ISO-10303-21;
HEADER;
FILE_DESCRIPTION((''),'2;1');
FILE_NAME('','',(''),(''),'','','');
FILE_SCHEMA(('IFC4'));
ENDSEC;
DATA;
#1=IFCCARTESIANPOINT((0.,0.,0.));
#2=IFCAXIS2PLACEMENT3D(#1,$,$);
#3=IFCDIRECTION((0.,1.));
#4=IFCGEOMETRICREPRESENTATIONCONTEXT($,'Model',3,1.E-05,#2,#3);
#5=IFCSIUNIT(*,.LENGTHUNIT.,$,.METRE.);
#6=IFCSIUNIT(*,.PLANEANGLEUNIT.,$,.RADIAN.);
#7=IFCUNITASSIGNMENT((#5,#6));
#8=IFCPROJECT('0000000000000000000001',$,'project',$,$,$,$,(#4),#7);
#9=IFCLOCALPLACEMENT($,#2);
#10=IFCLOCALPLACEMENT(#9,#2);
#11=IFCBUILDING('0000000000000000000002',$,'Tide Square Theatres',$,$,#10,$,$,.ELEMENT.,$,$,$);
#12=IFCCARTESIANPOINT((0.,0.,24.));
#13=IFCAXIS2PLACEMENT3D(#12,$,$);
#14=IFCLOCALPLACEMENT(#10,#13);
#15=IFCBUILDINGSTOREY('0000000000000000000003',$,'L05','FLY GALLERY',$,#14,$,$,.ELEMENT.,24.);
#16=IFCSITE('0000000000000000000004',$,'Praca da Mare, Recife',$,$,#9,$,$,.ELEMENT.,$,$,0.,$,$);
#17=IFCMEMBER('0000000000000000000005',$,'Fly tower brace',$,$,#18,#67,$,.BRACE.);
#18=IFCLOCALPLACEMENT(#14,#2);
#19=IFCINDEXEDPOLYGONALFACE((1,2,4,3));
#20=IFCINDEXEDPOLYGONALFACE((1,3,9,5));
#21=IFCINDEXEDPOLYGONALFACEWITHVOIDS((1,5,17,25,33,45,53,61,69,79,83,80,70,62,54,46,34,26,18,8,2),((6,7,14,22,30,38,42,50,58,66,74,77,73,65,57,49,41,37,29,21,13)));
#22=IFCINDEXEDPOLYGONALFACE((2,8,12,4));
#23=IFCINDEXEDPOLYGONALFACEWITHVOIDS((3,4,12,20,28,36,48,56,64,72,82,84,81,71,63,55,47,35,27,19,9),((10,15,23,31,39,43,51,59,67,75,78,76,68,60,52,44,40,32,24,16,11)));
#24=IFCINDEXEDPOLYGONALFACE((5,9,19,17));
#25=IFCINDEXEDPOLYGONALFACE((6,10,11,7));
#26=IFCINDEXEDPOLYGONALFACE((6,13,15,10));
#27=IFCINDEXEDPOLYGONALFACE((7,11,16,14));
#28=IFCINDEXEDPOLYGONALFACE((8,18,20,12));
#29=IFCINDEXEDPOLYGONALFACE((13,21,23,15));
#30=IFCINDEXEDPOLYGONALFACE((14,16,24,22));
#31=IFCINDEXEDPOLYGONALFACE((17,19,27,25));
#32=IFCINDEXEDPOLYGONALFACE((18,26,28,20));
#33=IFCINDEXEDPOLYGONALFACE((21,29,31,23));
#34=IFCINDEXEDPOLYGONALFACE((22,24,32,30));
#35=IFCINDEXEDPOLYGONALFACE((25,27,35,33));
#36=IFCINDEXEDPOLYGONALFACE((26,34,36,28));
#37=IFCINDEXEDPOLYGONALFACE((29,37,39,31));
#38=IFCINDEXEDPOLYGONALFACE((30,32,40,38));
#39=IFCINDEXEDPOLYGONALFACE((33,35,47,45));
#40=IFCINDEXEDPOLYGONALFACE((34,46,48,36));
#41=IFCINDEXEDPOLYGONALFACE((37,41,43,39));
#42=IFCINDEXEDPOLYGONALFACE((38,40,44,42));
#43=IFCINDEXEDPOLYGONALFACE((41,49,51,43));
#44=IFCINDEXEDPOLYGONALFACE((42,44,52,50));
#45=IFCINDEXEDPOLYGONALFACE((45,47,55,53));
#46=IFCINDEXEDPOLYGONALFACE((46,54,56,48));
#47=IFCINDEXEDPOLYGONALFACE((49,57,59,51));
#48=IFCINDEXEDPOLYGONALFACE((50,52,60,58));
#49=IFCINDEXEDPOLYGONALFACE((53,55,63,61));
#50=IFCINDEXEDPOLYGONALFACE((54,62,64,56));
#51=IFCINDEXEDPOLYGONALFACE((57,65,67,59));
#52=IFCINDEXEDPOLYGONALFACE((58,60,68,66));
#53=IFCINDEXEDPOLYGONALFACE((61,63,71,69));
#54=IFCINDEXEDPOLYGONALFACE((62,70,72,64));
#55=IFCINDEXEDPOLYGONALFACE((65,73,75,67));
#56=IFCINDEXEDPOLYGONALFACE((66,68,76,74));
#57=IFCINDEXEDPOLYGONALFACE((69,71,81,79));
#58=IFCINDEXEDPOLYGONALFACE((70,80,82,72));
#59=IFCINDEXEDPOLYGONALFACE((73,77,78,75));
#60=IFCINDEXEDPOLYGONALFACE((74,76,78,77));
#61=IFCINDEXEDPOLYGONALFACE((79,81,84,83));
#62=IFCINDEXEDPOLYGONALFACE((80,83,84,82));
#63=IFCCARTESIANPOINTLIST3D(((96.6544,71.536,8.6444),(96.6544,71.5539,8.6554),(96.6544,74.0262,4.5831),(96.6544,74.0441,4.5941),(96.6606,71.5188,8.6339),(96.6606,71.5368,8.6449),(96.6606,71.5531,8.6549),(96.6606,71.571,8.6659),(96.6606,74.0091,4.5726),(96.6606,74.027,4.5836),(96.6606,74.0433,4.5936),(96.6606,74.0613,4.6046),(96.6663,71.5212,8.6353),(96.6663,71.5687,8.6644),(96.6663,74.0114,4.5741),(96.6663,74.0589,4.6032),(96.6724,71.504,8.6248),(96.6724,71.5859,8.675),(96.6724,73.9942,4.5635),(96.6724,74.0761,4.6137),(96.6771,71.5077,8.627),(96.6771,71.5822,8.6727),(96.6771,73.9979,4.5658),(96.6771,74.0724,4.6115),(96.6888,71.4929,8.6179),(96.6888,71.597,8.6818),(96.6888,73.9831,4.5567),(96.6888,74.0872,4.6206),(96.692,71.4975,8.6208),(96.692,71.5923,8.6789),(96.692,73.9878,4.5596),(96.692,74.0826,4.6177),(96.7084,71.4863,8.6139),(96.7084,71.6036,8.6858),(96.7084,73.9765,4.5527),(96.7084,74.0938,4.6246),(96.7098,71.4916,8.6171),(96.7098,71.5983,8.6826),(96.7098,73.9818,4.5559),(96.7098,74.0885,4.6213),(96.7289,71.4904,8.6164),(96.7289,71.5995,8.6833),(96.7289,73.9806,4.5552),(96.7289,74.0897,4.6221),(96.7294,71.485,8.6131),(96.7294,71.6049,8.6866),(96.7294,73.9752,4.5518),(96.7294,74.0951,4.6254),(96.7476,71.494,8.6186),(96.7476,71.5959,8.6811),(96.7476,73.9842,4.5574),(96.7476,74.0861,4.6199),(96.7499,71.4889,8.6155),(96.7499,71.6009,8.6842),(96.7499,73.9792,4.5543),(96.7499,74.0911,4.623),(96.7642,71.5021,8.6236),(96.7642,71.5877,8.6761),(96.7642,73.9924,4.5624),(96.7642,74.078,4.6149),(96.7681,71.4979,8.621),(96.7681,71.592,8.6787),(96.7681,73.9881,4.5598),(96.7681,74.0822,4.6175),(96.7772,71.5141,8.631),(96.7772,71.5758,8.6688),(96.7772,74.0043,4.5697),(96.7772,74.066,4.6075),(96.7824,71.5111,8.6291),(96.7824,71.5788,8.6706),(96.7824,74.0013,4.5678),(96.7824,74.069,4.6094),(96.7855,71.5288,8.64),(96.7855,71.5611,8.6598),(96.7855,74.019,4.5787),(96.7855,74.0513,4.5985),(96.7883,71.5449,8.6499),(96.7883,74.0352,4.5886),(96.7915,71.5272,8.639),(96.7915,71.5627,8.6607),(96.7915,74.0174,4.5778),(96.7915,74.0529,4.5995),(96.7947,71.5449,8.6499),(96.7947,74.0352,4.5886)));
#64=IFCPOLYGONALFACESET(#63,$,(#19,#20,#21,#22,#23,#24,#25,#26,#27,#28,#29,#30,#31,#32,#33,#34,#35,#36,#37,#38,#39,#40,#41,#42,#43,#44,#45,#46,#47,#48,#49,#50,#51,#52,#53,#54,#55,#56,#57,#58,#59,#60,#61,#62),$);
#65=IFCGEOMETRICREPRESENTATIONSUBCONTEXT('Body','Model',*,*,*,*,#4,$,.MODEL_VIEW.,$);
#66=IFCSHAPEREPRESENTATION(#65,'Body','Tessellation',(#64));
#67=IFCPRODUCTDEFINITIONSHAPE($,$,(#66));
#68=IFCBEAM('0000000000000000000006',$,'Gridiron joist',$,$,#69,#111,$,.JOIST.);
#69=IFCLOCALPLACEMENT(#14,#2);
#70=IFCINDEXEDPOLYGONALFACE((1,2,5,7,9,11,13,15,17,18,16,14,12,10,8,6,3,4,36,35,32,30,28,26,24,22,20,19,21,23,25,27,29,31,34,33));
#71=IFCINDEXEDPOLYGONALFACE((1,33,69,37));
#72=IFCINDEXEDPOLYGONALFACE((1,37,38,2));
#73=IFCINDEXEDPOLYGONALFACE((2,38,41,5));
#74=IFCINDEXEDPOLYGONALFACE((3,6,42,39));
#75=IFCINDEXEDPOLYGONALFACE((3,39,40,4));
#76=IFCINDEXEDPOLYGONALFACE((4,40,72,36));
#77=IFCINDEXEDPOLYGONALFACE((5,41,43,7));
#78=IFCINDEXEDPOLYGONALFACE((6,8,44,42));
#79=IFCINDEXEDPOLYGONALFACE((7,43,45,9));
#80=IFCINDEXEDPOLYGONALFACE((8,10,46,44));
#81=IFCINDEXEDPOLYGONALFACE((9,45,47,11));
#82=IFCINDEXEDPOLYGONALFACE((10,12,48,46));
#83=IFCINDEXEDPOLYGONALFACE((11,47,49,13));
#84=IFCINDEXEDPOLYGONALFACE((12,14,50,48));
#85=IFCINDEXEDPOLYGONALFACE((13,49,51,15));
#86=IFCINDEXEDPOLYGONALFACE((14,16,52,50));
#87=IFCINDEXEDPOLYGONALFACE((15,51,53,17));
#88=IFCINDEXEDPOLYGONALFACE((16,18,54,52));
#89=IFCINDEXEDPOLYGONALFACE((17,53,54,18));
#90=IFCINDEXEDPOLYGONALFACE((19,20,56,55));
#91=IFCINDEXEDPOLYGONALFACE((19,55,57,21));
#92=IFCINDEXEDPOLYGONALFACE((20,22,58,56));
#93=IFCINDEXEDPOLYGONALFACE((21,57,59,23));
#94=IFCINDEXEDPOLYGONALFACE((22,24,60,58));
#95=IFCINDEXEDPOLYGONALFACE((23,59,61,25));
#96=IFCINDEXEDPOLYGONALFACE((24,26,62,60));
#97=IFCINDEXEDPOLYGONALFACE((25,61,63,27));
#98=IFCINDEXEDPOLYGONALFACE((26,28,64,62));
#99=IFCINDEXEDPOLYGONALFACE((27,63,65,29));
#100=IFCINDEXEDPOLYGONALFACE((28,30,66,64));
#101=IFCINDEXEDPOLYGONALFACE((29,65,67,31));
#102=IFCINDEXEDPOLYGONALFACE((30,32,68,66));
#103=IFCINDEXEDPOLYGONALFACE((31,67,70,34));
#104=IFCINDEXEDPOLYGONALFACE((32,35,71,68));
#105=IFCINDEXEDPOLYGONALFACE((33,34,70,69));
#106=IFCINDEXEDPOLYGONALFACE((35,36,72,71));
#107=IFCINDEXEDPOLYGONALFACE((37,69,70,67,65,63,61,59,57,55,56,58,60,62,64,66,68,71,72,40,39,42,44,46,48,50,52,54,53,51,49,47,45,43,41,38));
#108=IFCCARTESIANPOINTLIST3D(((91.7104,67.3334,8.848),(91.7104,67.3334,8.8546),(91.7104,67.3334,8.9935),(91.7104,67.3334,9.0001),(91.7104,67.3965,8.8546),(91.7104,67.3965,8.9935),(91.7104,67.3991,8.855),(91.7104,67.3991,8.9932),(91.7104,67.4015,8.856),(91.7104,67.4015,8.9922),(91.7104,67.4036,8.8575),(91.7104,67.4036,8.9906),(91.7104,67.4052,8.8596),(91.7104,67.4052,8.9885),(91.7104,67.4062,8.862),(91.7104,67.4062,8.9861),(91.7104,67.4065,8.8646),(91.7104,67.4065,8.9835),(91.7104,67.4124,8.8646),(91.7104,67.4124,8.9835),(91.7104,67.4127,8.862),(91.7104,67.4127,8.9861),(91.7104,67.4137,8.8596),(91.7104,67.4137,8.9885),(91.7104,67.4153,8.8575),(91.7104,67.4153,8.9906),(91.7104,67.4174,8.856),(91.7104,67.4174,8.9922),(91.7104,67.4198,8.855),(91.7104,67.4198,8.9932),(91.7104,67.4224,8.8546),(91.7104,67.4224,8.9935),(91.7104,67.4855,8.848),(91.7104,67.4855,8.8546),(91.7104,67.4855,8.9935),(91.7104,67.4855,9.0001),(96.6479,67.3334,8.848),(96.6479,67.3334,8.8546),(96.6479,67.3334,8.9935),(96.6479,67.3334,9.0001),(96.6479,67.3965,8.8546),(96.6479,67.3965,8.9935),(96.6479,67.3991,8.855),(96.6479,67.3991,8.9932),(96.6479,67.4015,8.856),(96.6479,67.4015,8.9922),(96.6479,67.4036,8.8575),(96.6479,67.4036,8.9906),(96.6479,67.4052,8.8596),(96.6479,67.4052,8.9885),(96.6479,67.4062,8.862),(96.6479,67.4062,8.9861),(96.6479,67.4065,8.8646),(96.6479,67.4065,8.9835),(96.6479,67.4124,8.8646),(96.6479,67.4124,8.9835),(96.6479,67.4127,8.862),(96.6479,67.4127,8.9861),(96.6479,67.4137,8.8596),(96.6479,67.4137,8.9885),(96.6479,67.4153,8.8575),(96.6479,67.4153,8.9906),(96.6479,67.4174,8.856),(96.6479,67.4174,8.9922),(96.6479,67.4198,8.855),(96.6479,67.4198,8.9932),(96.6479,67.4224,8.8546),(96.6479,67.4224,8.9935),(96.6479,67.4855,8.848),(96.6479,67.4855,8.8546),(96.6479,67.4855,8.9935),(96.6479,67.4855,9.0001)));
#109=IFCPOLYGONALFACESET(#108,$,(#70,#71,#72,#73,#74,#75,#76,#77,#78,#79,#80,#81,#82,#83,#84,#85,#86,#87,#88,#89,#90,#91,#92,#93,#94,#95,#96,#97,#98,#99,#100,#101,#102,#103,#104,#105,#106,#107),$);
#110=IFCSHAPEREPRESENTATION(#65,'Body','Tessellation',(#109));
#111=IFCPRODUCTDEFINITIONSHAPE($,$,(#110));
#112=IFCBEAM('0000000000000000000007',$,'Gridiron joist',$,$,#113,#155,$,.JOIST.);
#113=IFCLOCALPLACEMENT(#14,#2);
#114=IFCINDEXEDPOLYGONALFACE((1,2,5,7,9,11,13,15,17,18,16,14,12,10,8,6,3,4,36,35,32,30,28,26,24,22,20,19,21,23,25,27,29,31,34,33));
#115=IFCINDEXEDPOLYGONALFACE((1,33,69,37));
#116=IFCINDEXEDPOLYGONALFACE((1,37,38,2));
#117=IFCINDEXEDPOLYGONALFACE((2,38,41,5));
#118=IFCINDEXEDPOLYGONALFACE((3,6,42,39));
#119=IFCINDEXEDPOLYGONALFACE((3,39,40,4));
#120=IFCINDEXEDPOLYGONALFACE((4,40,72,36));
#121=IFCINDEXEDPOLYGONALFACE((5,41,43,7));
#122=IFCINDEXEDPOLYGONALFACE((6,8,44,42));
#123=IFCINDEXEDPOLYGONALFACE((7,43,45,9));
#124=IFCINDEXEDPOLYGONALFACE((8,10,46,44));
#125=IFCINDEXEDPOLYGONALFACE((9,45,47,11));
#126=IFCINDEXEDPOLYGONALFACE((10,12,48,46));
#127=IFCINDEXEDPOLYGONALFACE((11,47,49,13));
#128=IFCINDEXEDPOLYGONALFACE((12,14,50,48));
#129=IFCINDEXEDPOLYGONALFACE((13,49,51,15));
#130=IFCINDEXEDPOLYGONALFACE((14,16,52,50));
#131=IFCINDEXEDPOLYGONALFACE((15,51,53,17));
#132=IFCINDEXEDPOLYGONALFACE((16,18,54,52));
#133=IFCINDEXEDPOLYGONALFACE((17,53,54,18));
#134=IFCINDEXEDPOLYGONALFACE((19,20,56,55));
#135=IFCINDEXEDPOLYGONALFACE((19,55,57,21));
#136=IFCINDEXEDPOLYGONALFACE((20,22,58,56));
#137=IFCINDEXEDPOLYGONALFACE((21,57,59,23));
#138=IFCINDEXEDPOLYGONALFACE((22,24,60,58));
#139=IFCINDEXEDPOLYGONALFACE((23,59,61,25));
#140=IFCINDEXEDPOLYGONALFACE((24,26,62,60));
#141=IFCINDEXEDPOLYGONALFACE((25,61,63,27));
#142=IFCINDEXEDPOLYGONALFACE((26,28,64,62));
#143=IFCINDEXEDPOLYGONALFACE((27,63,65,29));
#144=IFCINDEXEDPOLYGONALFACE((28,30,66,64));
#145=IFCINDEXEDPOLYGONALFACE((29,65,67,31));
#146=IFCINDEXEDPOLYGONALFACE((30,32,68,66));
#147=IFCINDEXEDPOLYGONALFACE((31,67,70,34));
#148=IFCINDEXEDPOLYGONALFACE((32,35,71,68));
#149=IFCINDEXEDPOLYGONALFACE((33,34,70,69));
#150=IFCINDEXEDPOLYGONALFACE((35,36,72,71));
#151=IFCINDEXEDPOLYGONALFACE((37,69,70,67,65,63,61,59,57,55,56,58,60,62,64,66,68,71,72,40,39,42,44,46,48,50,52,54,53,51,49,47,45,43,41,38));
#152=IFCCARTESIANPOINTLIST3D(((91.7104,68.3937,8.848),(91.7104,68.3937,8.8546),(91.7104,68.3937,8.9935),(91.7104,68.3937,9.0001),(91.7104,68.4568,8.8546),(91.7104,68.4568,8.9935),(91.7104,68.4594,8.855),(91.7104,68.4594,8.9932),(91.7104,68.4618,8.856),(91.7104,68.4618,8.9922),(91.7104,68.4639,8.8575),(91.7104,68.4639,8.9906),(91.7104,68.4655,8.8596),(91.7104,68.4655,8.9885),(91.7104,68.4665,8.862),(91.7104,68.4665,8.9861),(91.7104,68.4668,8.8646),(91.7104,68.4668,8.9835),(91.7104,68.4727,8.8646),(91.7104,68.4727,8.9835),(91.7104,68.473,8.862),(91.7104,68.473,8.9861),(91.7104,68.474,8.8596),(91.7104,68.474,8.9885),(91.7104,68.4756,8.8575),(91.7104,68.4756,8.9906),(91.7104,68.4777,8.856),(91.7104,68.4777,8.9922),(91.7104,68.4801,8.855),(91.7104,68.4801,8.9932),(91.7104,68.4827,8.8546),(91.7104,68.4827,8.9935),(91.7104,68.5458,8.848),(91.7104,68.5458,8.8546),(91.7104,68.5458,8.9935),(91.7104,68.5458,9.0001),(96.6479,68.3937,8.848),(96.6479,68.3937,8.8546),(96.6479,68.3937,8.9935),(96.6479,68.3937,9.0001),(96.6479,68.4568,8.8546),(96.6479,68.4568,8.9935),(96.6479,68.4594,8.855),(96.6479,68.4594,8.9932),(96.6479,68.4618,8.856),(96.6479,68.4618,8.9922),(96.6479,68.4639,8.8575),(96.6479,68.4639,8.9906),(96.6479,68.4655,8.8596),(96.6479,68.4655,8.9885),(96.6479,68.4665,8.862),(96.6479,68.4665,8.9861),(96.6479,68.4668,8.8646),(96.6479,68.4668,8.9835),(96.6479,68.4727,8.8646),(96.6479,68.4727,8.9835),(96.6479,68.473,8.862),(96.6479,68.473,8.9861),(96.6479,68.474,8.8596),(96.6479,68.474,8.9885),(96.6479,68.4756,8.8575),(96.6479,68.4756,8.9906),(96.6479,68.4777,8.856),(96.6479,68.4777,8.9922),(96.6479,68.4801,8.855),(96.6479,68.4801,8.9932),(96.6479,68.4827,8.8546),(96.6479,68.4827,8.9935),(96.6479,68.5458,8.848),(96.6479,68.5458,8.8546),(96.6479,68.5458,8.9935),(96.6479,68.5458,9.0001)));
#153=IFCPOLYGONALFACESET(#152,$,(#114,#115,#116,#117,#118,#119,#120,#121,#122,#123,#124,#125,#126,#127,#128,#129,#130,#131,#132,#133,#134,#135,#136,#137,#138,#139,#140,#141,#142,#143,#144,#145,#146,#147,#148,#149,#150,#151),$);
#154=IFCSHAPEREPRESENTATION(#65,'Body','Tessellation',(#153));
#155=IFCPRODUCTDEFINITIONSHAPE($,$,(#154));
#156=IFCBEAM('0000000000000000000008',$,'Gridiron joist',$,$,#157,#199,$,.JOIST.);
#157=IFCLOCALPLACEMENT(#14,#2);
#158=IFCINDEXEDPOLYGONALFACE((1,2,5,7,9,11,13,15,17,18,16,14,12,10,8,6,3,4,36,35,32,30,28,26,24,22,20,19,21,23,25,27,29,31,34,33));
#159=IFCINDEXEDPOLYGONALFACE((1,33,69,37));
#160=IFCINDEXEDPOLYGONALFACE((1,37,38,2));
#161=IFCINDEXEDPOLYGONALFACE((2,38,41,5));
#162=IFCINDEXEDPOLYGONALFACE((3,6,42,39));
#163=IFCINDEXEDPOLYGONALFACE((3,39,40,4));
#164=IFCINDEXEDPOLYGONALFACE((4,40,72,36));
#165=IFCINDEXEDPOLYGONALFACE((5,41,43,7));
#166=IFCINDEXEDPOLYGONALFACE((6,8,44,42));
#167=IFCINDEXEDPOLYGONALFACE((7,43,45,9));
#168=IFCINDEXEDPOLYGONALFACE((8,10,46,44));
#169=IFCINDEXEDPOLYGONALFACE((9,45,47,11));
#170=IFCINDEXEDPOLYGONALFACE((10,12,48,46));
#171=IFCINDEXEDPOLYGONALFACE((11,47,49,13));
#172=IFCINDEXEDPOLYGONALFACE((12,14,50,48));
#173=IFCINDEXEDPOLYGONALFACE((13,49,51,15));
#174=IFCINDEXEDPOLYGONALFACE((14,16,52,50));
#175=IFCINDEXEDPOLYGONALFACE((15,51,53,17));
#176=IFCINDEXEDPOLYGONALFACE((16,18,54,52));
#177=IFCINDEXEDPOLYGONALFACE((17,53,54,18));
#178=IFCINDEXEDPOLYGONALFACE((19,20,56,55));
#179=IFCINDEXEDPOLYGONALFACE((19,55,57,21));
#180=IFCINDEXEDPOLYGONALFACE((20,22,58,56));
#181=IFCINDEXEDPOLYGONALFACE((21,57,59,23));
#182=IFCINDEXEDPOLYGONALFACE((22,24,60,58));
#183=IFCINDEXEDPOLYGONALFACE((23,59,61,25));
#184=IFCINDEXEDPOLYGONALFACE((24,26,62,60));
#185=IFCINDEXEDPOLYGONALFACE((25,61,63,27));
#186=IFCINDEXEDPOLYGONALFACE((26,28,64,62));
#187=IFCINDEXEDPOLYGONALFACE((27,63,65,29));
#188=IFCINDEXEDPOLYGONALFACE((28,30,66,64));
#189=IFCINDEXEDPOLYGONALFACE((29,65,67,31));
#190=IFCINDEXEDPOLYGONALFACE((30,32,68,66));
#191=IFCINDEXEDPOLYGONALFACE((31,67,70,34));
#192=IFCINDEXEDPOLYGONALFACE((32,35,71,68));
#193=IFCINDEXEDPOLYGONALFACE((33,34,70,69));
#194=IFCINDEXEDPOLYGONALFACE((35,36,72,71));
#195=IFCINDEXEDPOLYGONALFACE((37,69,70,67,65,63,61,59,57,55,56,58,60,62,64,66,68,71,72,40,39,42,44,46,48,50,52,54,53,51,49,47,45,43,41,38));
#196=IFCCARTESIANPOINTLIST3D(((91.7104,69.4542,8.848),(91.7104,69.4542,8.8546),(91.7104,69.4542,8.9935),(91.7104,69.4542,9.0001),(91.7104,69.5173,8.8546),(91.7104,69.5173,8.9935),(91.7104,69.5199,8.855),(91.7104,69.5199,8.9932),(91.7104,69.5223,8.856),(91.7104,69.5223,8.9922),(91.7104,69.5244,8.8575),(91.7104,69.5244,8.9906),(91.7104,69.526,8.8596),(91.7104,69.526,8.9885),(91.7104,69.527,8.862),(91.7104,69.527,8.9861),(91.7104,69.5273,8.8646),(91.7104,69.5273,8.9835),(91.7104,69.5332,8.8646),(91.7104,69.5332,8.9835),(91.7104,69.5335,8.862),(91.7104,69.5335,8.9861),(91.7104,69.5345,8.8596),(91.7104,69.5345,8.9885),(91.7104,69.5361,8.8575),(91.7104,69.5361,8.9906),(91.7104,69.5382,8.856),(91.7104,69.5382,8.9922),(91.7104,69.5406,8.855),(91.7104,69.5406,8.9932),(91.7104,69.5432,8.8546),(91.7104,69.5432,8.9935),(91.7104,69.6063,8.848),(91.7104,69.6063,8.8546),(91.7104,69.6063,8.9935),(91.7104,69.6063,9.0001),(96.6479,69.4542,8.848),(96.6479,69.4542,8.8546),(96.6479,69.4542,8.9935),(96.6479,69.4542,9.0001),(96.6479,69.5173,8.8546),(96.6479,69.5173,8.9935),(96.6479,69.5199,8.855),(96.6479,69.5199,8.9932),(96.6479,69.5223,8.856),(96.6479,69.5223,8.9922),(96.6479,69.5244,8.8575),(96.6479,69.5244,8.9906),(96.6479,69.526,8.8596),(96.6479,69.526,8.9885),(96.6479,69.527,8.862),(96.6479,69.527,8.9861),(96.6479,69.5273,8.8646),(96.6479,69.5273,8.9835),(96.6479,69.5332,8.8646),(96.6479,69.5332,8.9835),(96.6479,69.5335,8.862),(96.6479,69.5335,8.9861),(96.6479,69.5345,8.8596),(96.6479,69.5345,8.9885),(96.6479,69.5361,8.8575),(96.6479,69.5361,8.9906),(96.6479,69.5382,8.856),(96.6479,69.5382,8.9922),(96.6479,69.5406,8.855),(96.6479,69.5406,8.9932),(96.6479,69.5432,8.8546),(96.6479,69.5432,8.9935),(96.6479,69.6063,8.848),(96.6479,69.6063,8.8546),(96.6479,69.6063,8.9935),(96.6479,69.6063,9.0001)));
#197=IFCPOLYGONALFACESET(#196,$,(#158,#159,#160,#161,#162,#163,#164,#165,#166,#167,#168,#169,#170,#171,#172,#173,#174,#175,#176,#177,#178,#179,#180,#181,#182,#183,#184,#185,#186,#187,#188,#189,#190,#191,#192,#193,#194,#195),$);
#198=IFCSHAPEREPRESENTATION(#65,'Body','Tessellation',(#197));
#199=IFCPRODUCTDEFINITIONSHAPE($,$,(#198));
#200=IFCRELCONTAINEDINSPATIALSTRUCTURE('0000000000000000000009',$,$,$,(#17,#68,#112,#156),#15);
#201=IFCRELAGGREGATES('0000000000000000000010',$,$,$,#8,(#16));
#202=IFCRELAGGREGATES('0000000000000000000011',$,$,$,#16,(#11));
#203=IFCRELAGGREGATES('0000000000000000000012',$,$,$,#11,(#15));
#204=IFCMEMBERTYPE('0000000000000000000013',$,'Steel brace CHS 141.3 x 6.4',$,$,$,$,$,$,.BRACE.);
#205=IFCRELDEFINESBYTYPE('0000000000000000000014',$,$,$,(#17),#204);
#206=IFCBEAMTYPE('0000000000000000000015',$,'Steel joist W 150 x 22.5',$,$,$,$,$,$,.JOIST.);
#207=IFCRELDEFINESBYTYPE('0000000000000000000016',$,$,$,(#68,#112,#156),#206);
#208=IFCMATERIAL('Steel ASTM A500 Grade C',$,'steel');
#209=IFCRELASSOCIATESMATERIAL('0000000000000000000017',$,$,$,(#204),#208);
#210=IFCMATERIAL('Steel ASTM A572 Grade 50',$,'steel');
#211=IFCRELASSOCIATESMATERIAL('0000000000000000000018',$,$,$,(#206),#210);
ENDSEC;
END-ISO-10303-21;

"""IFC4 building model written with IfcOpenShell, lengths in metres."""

from ifc_helpers import new_model, si_unit, direction, frame, origin, origin_2d, place, context, subcontext, project, spatial, hollow_circle, i_section, extrude, material, material_profile, profile_set, type_object, element, save


model = new_model("IFC4")

# Units and contexts
model_context = context("Model", 3, precision=1e-05, world=origin(), true_north=direction((0.0, 1.0)))
body_context = subcontext(model_context, "Body", "Model", "MODEL_VIEW")
ifc_project = project(units=[si_unit("LENGTHUNIT", "METRE"), si_unit("PLANEANGLEUNIT", "RADIAN")], contexts=[model_context])

# Site, building, storey
site_placement = place(None, origin())
site = spatial("IfcSite", under=ifc_project, at=site_placement, Name="Praca da Mare, Recife", CompositionType="ELEMENT", RefElevation=0.0)
building_placement = place(site_placement, origin())
building = spatial("IfcBuilding", under=site, at=building_placement, Name="Tide Square Theatres", CompositionType="ELEMENT")
storey_placement = place(building_placement, frame((0.0, 0.0, 24.0)))
storey = spatial("IfcBuildingStorey", under=building, at=storey_placement, Name="L05", Description="FLY GALLERY", CompositionType="ELEMENT", Elevation=24.0)

# Member
ifc_material_1 = material(Name="Steel ASTM A500 Grade C", Category="steel")
ifc_material_profile_1 = material_profile(ifc_material_1, hollow_circle(Radius=0.0706, WallThickness=0.0063, at=origin_2d()))
ifc_profile_set_1 = profile_set([ifc_material_profile_1], Name="Steel ASTM A500 Grade C")
member_type = type_object("IfcMemberType", Name="Steel brace CHS 141.3 x 6.4", PredefinedType="BRACE", material=ifc_profile_set_1)
member_1_placement = place(storey_placement, frame((96.7241, 74.0352, 4.5886), z_axis=(0.0, -0.522724, 0.852502), x_axis=(1.0, 0.0, 0.0)))
element("IfcMember", 1, at=member_1_placement, inside=storey, type_object=member_type, Name="Fly tower brace", PredefinedType="BRACE", context=body_context, shape_type="SweptSolid", body=[
    extrude(hollow_circle(Radius=0.0706, WallThickness=0.0063, at=origin_2d()), origin(), (0.0, 0.0, 1.0), 4.7639),
])

# Beams
ifc_material_2 = material(Name="Steel ASTM A572 Grade 50", Category="steel")
ifc_material_profile_2 = material_profile(ifc_material_2, i_section(OverallWidth=0.1521, OverallDepth=0.1521, WebThickness=0.0059, FlangeThickness=0.0066, FilletRadius=0.01, at=origin_2d()))
ifc_profile_set_2 = profile_set([ifc_material_profile_2], Name="Steel ASTM A572 Grade 50")
beam_type_1 = type_object("IfcBeamType", Name="Steel joist W 150 x 22.5", PredefinedType="JOIST", material=ifc_profile_set_2)
for number, where, z_axis, x_axis, name in (
    (2, (91.7104, 67.4094, 8.9241), (1.0, 0.0, 0.0), (0.0, 1.0, 0.0), "Gridiron joist"),
    (3, (91.7104, 68.4697, 8.9241), (1.0, 0.0, 0.0), (0.0, 1.0, 0.0), "Gridiron joist"),
    (4, (91.7104, 69.5303, 8.9241), (1.0, 0.0, 0.0), (0.0, 1.0, 0.0), "Gridiron joist"),
):
    element("IfcBeam", number, at=place(storey_placement, frame(where, z_axis=z_axis, x_axis=x_axis)), inside=storey, type_object=beam_type_1, Name=name, PredefinedType="JOIST", context=body_context, shape_type="SweptSolid", body=[
        extrude(i_section(OverallWidth=0.1521, OverallDepth=0.1521, WebThickness=0.0059, FlangeThickness=0.0066, FilletRadius=0.01, at=origin_2d()), origin(), (0.0, 0.0, 1.0), 4.9375),
    ])

save(model, "model.ifc")
